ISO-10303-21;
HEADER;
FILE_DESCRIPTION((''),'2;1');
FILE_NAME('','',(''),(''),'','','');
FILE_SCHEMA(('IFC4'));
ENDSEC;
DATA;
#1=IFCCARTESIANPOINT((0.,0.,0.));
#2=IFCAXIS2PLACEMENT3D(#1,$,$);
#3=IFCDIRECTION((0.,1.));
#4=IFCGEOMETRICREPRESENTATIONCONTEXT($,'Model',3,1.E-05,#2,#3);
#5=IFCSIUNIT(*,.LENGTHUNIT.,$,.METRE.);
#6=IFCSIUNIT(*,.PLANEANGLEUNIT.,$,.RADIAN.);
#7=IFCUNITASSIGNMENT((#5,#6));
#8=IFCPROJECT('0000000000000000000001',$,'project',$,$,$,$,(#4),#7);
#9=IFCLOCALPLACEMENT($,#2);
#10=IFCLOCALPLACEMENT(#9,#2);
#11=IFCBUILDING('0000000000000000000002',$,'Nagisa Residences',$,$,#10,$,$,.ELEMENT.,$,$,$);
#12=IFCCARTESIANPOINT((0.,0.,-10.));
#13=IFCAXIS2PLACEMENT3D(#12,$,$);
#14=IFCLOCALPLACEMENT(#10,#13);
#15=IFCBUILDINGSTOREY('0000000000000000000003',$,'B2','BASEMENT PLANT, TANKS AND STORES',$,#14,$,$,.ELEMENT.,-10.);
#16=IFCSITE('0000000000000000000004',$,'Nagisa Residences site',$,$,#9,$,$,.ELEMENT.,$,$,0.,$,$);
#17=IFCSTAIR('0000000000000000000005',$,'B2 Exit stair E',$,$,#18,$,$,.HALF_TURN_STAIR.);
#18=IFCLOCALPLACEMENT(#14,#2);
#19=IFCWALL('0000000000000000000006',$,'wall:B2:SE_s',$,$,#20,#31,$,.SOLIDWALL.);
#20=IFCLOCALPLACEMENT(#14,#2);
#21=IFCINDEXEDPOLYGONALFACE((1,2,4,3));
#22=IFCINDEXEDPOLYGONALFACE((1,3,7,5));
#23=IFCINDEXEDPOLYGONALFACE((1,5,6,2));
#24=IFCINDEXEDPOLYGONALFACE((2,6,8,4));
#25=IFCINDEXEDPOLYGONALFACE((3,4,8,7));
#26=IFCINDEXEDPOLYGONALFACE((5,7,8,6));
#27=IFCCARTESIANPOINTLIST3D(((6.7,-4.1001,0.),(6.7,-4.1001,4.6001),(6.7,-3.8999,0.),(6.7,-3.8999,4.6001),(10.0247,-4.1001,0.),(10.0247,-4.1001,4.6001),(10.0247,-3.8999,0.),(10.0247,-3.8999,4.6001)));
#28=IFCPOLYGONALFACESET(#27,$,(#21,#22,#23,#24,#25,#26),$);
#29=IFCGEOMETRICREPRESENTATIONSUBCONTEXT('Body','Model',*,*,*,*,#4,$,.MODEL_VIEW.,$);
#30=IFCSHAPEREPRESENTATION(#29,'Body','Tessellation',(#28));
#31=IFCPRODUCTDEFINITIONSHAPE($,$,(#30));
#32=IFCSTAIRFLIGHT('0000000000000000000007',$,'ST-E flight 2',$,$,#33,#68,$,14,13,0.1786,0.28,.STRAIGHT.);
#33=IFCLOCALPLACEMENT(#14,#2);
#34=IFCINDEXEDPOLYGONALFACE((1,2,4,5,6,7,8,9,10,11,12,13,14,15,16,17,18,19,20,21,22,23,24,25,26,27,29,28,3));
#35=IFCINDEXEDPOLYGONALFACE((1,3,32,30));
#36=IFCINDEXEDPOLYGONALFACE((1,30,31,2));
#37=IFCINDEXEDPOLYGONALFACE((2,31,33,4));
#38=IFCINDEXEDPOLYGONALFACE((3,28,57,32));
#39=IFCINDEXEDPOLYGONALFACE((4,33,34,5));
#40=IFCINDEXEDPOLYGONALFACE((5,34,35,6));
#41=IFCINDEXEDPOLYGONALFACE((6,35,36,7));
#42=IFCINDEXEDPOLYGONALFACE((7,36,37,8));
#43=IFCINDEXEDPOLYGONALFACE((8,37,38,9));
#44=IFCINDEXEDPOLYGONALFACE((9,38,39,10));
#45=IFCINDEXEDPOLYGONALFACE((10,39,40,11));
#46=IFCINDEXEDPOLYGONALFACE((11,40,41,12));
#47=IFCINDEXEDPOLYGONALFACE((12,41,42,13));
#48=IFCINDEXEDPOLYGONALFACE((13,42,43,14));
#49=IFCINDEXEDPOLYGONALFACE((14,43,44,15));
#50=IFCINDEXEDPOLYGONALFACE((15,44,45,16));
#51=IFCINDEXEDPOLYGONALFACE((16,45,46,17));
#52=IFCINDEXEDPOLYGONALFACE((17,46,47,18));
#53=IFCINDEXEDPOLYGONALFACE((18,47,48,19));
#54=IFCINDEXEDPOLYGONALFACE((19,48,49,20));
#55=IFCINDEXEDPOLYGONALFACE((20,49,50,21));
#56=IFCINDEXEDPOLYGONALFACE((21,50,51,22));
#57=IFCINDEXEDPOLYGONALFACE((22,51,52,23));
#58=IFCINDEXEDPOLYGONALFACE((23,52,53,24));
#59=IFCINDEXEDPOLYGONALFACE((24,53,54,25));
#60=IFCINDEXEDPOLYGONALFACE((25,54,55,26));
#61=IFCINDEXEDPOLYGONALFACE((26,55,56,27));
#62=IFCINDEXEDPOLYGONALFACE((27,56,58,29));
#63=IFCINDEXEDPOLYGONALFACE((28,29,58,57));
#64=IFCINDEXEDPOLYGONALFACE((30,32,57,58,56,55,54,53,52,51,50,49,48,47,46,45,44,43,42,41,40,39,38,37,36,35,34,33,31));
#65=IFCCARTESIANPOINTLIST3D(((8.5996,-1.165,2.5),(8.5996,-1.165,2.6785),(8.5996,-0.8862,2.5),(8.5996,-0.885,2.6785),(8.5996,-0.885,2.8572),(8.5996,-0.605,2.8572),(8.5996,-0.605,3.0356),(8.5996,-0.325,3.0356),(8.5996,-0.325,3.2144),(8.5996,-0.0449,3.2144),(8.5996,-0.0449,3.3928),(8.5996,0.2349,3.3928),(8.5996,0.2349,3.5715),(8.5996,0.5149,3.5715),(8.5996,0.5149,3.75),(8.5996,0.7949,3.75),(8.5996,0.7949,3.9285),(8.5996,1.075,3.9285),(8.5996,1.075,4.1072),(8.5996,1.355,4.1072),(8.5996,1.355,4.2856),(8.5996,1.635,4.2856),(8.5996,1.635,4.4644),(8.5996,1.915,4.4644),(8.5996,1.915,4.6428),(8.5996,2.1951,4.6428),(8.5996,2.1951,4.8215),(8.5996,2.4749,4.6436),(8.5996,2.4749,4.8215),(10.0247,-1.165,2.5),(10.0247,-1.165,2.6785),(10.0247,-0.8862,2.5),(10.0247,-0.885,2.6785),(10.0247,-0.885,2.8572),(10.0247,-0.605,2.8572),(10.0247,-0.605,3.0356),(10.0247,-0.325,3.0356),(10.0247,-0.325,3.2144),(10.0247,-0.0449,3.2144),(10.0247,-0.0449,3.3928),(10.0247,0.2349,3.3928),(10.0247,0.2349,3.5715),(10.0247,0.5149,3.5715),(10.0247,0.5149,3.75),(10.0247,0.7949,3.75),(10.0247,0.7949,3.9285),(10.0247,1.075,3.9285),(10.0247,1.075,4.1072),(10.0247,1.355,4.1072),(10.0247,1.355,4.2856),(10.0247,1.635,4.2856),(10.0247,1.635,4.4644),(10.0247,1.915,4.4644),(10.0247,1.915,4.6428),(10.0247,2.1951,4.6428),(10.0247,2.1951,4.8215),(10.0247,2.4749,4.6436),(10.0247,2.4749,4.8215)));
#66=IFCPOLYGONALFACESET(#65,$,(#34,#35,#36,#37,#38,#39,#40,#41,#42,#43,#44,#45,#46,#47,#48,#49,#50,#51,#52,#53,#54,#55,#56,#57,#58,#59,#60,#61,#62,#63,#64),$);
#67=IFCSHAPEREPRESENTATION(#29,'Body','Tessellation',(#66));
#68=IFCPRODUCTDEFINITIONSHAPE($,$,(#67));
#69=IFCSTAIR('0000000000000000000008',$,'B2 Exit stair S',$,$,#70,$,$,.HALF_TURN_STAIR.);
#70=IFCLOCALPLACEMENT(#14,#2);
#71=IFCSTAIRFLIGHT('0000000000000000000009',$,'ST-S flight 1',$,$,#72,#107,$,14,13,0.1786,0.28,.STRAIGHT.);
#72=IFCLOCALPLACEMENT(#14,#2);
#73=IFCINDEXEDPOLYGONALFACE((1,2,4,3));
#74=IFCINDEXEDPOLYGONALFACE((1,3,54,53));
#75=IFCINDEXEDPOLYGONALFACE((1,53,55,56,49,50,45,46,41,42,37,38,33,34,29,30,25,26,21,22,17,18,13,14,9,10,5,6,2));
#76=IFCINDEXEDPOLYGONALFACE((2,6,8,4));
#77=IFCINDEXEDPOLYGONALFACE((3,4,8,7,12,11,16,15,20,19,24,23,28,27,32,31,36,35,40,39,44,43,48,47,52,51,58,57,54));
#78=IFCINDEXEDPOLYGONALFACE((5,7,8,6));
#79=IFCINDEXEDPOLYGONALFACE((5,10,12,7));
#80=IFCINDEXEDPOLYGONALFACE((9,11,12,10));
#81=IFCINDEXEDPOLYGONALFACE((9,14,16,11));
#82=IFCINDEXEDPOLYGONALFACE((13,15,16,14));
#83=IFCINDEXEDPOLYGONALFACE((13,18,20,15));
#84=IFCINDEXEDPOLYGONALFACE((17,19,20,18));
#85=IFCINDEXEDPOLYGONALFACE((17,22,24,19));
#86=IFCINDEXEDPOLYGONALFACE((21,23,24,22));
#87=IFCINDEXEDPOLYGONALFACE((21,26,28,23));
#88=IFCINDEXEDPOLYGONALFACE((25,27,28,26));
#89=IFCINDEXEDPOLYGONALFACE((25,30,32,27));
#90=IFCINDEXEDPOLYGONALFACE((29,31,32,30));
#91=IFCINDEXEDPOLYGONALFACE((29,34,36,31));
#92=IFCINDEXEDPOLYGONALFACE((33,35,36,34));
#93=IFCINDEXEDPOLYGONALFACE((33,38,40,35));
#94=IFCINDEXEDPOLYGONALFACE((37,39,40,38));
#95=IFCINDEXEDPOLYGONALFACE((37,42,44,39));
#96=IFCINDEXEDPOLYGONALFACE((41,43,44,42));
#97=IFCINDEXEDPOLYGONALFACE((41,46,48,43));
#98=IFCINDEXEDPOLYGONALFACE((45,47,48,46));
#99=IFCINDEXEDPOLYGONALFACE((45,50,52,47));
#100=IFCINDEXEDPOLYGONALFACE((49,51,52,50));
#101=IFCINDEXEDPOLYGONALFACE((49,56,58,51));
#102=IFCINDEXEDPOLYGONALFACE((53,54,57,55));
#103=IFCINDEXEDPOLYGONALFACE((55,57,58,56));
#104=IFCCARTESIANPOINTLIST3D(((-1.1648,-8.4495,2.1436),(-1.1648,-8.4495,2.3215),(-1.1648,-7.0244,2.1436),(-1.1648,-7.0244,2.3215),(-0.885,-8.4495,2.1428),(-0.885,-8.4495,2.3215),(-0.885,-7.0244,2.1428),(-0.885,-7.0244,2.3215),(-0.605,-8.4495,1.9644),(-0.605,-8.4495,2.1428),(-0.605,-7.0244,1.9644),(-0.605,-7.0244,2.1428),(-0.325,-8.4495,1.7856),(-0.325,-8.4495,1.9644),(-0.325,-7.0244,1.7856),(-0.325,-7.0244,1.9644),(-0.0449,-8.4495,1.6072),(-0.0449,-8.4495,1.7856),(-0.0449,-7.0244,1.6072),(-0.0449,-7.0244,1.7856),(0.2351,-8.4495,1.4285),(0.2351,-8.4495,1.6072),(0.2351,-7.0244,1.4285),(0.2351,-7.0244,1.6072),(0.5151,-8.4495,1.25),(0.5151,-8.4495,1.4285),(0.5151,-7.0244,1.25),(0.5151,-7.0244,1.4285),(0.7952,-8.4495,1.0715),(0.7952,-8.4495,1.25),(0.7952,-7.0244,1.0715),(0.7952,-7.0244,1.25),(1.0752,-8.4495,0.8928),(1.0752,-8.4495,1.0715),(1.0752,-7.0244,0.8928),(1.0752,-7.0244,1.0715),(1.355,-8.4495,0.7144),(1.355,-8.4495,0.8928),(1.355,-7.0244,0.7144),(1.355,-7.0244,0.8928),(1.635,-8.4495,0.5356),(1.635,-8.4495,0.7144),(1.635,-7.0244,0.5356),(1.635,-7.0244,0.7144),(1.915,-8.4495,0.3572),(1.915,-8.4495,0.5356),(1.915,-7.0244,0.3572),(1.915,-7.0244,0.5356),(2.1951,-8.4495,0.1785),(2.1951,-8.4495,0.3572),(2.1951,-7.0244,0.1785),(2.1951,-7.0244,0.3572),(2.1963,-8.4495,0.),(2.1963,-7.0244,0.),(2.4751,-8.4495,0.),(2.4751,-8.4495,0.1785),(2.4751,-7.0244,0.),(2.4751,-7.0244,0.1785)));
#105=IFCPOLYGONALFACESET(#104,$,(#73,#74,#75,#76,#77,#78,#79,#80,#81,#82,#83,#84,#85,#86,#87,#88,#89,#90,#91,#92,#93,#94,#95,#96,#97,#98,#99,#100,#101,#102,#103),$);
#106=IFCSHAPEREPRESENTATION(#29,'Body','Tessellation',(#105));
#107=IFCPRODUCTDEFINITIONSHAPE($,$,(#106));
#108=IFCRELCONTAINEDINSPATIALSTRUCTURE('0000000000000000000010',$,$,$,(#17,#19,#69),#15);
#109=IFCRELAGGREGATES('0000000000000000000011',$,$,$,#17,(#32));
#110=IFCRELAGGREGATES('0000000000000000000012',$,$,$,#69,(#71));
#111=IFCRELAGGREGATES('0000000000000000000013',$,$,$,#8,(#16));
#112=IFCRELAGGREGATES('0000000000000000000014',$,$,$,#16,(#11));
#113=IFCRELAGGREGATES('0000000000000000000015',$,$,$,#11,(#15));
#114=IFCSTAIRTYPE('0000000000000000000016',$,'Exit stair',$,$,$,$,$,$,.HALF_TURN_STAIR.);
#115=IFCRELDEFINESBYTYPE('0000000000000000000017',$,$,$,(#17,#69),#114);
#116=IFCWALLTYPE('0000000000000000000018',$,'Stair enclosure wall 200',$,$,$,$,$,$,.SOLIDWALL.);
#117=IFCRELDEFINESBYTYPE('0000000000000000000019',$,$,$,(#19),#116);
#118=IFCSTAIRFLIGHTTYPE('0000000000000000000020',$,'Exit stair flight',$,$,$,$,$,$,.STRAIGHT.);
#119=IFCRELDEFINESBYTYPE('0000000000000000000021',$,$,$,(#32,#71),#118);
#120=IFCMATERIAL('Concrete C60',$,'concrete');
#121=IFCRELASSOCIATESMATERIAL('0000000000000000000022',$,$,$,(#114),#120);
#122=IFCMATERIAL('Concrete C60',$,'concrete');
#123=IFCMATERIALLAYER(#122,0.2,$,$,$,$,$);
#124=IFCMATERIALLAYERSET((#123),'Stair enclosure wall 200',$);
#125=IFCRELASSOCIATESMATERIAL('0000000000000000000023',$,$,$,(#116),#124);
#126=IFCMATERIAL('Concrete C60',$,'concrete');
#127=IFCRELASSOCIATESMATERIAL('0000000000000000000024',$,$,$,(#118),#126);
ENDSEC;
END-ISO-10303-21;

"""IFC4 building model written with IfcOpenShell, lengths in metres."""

from ifc_helpers import new_model, si_unit, direction, frame, origin, place, context, subcontext, project, spatial, polyline, outline, extrude, material, layer, layer_set, type_object, element, aggregate, save


model = new_model("IFC4")

# Units and contexts
model_context = context("Model", 3, precision=1e-05, world=origin(), true_north=direction((0.0, 1.0)))
body_context = subcontext(model_context, "Body", "Model", "MODEL_VIEW")
ifc_project = project(units=[si_unit("LENGTHUNIT", "METRE"), si_unit("PLANEANGLEUNIT", "RADIAN")], contexts=[model_context])

# Site, building, storey
site_placement = place(None, origin())
site = spatial("IfcSite", under=ifc_project, at=site_placement, Name="Nagisa Residences site", CompositionType="ELEMENT", RefElevation=0.0)
building_placement = place(site_placement, origin())
building = spatial("IfcBuilding", under=site, at=building_placement, Name="Nagisa Residences", CompositionType="ELEMENT")
storey_placement = place(building_placement, frame((0.0, 0.0, -10.0)))
storey = spatial("IfcBuildingStorey", under=building, at=storey_placement, Name="B2", Description="BASEMENT PLANT, TANKS AND STORES", CompositionType="ELEMENT", Elevation=-10.0)

# Stair
ifc_material_1 = material(Name="Concrete C60", Category="concrete")
stair_type = type_object("IfcStairType", Name="Exit stair", PredefinedType="HALF_TURN_STAIR", material=ifc_material_1)
stair_1_placement = place(storey_placement, origin())
stair_1 = element("IfcStair", 1, at=stair_1_placement, inside=storey, type_object=stair_type, Name="B2 Exit stair E", PredefinedType="HALF_TURN_STAIR")

# Shared definitions
ifc_material_2 = material(Name="Concrete C60", Category="concrete")
ifc_layer_1 = layer(ifc_material_2, 0.2)
ifc_layer_set_1 = layer_set([ifc_layer_1], Name="Stair enclosure wall 200")
wall_type_1 = type_object("IfcWallType", Name="Stair enclosure wall 200", PredefinedType="SOLIDWALL", material=ifc_layer_set_1)

# Wall
wall_1_placement = place(storey_placement, origin())
element("IfcWall", 2, at=wall_1_placement, inside=storey, type_object=wall_type_1, Name="wall:B2:SE_s", PredefinedType="SOLIDWALL", context=body_context, shape_type="SweptSolid", body=[
    extrude(outline(polyline([(10.0247, -4.1001), (6.7, -4.1001), (6.7, -3.8999), (10.0247, -3.8999), (10.0247, -4.1001)])), origin(), (0.0, 0.0, 1.0), 4.6001),
])

# Stair flight
ifc_material_3 = material(Name="Concrete C60", Category="concrete")
stair_flight_type = type_object("IfcStairFlightType", Name="Exit stair flight", PredefinedType="STRAIGHT", material=ifc_material_3)
stair_flight_1_placement = place(storey_placement, frame((9.312, -1.165, 2.5), z_axis=(0.0, 0.0, 1.0), x_axis=(0.0, 1.0, 0.0)))
stair_flight_1 = element("IfcStairFlight", 3, at=stair_flight_1_placement, type_object=stair_flight_type, Name="ST-E flight 2", NumberOfRisers=14, NumberOfTreads=13, PredefinedType="STRAIGHT", RiserHeight=0.1786, TreadLength=0.28, context=body_context, shape_type="SweptSolid", body=[
    extrude(outline(polyline([(0.0, 0.0), (0.0, 0.1785), (0.28, 0.1785), (0.28, 0.3572), (0.5601, 0.3572), (0.5601, 0.5356), (0.8401, 0.5356), (0.8401, 0.7144), (1.1201, 0.7144), (1.1201, 0.8928), (1.3999, 0.8928), (1.3999, 1.0715), (1.6799, 1.0715), (1.6799, 1.25), (1.96, 1.25), (1.96, 1.4285), (2.24, 1.4285), (2.24, 1.6072), (2.52, 1.6072), (2.52, 1.7856), (2.8, 1.7856), (2.8, 1.9644), (3.0801, 1.9644), (3.0801, 2.1428), (3.3601, 2.1428), (3.3601, 2.3215), (3.6399, 2.3215), (3.6399, 2.5), (3.6399, 2.1436), (0.2788, 0.0), (0.0, 0.0)])), frame((0.0, 0.7124, 0.0), z_axis=(0.0, -1.0, 0.0), x_axis=(1.0, 0.0, 0.0)), (0.0, 0.0, 1.0), 1.425),
])
aggregate(stair_1, [stair_flight_1])

# Stair, stair flight
stair_2_placement = place(storey_placement, origin())
stair_2 = element("IfcStair", 4, at=stair_2_placement, inside=storey, type_object=stair_type, Name="B2 Exit stair S", PredefinedType="HALF_TURN_STAIR")
stair_flight_2_placement = place(storey_placement, frame((2.4751, -7.7371, 0.0), z_axis=(0.0, 0.0, 1.0), x_axis=(-1.0, 0.0, 0.0)))
stair_flight_2 = element("IfcStairFlight", 5, at=stair_flight_2_placement, type_object=stair_flight_type, Name="ST-S flight 1", NumberOfRisers=14, NumberOfTreads=13, PredefinedType="STRAIGHT", RiserHeight=0.1786, TreadLength=0.28, context=body_context, shape_type="SweptSolid", body=[
    extrude(outline(polyline([(0.0, 0.0), (0.0, 0.1785), (0.28, 0.1785), (0.28, 0.3572), (0.5601, 0.3572), (0.5601, 0.5356), (0.8401, 0.5356), (0.8401, 0.7144), (1.1201, 0.7144), (1.1201, 0.8928), (1.3999, 0.8928), (1.3999, 1.0715), (1.6799, 1.0715), (1.6799, 1.25), (1.96, 1.25), (1.96, 1.4285), (2.24, 1.4285), (2.24, 1.6072), (2.52, 1.6072), (2.52, 1.7856), (2.8, 1.7856), (2.8, 1.9644), (3.0801, 1.9644), (3.0801, 2.1428), (3.3601, 2.1428), (3.3601, 2.3215), (3.6399, 2.3215), (3.6399, 2.5), (3.6399, 2.1436), (0.2788, 0.0), (0.0, 0.0)])), frame((0.0, 0.7124, 0.0), z_axis=(0.0, -1.0, 0.0), x_axis=(1.0, 0.0, 0.0)), (0.0, 0.0, 1.0), 1.425),
])
aggregate(stair_2, [stair_flight_2])

save(model, "model.ifc")
